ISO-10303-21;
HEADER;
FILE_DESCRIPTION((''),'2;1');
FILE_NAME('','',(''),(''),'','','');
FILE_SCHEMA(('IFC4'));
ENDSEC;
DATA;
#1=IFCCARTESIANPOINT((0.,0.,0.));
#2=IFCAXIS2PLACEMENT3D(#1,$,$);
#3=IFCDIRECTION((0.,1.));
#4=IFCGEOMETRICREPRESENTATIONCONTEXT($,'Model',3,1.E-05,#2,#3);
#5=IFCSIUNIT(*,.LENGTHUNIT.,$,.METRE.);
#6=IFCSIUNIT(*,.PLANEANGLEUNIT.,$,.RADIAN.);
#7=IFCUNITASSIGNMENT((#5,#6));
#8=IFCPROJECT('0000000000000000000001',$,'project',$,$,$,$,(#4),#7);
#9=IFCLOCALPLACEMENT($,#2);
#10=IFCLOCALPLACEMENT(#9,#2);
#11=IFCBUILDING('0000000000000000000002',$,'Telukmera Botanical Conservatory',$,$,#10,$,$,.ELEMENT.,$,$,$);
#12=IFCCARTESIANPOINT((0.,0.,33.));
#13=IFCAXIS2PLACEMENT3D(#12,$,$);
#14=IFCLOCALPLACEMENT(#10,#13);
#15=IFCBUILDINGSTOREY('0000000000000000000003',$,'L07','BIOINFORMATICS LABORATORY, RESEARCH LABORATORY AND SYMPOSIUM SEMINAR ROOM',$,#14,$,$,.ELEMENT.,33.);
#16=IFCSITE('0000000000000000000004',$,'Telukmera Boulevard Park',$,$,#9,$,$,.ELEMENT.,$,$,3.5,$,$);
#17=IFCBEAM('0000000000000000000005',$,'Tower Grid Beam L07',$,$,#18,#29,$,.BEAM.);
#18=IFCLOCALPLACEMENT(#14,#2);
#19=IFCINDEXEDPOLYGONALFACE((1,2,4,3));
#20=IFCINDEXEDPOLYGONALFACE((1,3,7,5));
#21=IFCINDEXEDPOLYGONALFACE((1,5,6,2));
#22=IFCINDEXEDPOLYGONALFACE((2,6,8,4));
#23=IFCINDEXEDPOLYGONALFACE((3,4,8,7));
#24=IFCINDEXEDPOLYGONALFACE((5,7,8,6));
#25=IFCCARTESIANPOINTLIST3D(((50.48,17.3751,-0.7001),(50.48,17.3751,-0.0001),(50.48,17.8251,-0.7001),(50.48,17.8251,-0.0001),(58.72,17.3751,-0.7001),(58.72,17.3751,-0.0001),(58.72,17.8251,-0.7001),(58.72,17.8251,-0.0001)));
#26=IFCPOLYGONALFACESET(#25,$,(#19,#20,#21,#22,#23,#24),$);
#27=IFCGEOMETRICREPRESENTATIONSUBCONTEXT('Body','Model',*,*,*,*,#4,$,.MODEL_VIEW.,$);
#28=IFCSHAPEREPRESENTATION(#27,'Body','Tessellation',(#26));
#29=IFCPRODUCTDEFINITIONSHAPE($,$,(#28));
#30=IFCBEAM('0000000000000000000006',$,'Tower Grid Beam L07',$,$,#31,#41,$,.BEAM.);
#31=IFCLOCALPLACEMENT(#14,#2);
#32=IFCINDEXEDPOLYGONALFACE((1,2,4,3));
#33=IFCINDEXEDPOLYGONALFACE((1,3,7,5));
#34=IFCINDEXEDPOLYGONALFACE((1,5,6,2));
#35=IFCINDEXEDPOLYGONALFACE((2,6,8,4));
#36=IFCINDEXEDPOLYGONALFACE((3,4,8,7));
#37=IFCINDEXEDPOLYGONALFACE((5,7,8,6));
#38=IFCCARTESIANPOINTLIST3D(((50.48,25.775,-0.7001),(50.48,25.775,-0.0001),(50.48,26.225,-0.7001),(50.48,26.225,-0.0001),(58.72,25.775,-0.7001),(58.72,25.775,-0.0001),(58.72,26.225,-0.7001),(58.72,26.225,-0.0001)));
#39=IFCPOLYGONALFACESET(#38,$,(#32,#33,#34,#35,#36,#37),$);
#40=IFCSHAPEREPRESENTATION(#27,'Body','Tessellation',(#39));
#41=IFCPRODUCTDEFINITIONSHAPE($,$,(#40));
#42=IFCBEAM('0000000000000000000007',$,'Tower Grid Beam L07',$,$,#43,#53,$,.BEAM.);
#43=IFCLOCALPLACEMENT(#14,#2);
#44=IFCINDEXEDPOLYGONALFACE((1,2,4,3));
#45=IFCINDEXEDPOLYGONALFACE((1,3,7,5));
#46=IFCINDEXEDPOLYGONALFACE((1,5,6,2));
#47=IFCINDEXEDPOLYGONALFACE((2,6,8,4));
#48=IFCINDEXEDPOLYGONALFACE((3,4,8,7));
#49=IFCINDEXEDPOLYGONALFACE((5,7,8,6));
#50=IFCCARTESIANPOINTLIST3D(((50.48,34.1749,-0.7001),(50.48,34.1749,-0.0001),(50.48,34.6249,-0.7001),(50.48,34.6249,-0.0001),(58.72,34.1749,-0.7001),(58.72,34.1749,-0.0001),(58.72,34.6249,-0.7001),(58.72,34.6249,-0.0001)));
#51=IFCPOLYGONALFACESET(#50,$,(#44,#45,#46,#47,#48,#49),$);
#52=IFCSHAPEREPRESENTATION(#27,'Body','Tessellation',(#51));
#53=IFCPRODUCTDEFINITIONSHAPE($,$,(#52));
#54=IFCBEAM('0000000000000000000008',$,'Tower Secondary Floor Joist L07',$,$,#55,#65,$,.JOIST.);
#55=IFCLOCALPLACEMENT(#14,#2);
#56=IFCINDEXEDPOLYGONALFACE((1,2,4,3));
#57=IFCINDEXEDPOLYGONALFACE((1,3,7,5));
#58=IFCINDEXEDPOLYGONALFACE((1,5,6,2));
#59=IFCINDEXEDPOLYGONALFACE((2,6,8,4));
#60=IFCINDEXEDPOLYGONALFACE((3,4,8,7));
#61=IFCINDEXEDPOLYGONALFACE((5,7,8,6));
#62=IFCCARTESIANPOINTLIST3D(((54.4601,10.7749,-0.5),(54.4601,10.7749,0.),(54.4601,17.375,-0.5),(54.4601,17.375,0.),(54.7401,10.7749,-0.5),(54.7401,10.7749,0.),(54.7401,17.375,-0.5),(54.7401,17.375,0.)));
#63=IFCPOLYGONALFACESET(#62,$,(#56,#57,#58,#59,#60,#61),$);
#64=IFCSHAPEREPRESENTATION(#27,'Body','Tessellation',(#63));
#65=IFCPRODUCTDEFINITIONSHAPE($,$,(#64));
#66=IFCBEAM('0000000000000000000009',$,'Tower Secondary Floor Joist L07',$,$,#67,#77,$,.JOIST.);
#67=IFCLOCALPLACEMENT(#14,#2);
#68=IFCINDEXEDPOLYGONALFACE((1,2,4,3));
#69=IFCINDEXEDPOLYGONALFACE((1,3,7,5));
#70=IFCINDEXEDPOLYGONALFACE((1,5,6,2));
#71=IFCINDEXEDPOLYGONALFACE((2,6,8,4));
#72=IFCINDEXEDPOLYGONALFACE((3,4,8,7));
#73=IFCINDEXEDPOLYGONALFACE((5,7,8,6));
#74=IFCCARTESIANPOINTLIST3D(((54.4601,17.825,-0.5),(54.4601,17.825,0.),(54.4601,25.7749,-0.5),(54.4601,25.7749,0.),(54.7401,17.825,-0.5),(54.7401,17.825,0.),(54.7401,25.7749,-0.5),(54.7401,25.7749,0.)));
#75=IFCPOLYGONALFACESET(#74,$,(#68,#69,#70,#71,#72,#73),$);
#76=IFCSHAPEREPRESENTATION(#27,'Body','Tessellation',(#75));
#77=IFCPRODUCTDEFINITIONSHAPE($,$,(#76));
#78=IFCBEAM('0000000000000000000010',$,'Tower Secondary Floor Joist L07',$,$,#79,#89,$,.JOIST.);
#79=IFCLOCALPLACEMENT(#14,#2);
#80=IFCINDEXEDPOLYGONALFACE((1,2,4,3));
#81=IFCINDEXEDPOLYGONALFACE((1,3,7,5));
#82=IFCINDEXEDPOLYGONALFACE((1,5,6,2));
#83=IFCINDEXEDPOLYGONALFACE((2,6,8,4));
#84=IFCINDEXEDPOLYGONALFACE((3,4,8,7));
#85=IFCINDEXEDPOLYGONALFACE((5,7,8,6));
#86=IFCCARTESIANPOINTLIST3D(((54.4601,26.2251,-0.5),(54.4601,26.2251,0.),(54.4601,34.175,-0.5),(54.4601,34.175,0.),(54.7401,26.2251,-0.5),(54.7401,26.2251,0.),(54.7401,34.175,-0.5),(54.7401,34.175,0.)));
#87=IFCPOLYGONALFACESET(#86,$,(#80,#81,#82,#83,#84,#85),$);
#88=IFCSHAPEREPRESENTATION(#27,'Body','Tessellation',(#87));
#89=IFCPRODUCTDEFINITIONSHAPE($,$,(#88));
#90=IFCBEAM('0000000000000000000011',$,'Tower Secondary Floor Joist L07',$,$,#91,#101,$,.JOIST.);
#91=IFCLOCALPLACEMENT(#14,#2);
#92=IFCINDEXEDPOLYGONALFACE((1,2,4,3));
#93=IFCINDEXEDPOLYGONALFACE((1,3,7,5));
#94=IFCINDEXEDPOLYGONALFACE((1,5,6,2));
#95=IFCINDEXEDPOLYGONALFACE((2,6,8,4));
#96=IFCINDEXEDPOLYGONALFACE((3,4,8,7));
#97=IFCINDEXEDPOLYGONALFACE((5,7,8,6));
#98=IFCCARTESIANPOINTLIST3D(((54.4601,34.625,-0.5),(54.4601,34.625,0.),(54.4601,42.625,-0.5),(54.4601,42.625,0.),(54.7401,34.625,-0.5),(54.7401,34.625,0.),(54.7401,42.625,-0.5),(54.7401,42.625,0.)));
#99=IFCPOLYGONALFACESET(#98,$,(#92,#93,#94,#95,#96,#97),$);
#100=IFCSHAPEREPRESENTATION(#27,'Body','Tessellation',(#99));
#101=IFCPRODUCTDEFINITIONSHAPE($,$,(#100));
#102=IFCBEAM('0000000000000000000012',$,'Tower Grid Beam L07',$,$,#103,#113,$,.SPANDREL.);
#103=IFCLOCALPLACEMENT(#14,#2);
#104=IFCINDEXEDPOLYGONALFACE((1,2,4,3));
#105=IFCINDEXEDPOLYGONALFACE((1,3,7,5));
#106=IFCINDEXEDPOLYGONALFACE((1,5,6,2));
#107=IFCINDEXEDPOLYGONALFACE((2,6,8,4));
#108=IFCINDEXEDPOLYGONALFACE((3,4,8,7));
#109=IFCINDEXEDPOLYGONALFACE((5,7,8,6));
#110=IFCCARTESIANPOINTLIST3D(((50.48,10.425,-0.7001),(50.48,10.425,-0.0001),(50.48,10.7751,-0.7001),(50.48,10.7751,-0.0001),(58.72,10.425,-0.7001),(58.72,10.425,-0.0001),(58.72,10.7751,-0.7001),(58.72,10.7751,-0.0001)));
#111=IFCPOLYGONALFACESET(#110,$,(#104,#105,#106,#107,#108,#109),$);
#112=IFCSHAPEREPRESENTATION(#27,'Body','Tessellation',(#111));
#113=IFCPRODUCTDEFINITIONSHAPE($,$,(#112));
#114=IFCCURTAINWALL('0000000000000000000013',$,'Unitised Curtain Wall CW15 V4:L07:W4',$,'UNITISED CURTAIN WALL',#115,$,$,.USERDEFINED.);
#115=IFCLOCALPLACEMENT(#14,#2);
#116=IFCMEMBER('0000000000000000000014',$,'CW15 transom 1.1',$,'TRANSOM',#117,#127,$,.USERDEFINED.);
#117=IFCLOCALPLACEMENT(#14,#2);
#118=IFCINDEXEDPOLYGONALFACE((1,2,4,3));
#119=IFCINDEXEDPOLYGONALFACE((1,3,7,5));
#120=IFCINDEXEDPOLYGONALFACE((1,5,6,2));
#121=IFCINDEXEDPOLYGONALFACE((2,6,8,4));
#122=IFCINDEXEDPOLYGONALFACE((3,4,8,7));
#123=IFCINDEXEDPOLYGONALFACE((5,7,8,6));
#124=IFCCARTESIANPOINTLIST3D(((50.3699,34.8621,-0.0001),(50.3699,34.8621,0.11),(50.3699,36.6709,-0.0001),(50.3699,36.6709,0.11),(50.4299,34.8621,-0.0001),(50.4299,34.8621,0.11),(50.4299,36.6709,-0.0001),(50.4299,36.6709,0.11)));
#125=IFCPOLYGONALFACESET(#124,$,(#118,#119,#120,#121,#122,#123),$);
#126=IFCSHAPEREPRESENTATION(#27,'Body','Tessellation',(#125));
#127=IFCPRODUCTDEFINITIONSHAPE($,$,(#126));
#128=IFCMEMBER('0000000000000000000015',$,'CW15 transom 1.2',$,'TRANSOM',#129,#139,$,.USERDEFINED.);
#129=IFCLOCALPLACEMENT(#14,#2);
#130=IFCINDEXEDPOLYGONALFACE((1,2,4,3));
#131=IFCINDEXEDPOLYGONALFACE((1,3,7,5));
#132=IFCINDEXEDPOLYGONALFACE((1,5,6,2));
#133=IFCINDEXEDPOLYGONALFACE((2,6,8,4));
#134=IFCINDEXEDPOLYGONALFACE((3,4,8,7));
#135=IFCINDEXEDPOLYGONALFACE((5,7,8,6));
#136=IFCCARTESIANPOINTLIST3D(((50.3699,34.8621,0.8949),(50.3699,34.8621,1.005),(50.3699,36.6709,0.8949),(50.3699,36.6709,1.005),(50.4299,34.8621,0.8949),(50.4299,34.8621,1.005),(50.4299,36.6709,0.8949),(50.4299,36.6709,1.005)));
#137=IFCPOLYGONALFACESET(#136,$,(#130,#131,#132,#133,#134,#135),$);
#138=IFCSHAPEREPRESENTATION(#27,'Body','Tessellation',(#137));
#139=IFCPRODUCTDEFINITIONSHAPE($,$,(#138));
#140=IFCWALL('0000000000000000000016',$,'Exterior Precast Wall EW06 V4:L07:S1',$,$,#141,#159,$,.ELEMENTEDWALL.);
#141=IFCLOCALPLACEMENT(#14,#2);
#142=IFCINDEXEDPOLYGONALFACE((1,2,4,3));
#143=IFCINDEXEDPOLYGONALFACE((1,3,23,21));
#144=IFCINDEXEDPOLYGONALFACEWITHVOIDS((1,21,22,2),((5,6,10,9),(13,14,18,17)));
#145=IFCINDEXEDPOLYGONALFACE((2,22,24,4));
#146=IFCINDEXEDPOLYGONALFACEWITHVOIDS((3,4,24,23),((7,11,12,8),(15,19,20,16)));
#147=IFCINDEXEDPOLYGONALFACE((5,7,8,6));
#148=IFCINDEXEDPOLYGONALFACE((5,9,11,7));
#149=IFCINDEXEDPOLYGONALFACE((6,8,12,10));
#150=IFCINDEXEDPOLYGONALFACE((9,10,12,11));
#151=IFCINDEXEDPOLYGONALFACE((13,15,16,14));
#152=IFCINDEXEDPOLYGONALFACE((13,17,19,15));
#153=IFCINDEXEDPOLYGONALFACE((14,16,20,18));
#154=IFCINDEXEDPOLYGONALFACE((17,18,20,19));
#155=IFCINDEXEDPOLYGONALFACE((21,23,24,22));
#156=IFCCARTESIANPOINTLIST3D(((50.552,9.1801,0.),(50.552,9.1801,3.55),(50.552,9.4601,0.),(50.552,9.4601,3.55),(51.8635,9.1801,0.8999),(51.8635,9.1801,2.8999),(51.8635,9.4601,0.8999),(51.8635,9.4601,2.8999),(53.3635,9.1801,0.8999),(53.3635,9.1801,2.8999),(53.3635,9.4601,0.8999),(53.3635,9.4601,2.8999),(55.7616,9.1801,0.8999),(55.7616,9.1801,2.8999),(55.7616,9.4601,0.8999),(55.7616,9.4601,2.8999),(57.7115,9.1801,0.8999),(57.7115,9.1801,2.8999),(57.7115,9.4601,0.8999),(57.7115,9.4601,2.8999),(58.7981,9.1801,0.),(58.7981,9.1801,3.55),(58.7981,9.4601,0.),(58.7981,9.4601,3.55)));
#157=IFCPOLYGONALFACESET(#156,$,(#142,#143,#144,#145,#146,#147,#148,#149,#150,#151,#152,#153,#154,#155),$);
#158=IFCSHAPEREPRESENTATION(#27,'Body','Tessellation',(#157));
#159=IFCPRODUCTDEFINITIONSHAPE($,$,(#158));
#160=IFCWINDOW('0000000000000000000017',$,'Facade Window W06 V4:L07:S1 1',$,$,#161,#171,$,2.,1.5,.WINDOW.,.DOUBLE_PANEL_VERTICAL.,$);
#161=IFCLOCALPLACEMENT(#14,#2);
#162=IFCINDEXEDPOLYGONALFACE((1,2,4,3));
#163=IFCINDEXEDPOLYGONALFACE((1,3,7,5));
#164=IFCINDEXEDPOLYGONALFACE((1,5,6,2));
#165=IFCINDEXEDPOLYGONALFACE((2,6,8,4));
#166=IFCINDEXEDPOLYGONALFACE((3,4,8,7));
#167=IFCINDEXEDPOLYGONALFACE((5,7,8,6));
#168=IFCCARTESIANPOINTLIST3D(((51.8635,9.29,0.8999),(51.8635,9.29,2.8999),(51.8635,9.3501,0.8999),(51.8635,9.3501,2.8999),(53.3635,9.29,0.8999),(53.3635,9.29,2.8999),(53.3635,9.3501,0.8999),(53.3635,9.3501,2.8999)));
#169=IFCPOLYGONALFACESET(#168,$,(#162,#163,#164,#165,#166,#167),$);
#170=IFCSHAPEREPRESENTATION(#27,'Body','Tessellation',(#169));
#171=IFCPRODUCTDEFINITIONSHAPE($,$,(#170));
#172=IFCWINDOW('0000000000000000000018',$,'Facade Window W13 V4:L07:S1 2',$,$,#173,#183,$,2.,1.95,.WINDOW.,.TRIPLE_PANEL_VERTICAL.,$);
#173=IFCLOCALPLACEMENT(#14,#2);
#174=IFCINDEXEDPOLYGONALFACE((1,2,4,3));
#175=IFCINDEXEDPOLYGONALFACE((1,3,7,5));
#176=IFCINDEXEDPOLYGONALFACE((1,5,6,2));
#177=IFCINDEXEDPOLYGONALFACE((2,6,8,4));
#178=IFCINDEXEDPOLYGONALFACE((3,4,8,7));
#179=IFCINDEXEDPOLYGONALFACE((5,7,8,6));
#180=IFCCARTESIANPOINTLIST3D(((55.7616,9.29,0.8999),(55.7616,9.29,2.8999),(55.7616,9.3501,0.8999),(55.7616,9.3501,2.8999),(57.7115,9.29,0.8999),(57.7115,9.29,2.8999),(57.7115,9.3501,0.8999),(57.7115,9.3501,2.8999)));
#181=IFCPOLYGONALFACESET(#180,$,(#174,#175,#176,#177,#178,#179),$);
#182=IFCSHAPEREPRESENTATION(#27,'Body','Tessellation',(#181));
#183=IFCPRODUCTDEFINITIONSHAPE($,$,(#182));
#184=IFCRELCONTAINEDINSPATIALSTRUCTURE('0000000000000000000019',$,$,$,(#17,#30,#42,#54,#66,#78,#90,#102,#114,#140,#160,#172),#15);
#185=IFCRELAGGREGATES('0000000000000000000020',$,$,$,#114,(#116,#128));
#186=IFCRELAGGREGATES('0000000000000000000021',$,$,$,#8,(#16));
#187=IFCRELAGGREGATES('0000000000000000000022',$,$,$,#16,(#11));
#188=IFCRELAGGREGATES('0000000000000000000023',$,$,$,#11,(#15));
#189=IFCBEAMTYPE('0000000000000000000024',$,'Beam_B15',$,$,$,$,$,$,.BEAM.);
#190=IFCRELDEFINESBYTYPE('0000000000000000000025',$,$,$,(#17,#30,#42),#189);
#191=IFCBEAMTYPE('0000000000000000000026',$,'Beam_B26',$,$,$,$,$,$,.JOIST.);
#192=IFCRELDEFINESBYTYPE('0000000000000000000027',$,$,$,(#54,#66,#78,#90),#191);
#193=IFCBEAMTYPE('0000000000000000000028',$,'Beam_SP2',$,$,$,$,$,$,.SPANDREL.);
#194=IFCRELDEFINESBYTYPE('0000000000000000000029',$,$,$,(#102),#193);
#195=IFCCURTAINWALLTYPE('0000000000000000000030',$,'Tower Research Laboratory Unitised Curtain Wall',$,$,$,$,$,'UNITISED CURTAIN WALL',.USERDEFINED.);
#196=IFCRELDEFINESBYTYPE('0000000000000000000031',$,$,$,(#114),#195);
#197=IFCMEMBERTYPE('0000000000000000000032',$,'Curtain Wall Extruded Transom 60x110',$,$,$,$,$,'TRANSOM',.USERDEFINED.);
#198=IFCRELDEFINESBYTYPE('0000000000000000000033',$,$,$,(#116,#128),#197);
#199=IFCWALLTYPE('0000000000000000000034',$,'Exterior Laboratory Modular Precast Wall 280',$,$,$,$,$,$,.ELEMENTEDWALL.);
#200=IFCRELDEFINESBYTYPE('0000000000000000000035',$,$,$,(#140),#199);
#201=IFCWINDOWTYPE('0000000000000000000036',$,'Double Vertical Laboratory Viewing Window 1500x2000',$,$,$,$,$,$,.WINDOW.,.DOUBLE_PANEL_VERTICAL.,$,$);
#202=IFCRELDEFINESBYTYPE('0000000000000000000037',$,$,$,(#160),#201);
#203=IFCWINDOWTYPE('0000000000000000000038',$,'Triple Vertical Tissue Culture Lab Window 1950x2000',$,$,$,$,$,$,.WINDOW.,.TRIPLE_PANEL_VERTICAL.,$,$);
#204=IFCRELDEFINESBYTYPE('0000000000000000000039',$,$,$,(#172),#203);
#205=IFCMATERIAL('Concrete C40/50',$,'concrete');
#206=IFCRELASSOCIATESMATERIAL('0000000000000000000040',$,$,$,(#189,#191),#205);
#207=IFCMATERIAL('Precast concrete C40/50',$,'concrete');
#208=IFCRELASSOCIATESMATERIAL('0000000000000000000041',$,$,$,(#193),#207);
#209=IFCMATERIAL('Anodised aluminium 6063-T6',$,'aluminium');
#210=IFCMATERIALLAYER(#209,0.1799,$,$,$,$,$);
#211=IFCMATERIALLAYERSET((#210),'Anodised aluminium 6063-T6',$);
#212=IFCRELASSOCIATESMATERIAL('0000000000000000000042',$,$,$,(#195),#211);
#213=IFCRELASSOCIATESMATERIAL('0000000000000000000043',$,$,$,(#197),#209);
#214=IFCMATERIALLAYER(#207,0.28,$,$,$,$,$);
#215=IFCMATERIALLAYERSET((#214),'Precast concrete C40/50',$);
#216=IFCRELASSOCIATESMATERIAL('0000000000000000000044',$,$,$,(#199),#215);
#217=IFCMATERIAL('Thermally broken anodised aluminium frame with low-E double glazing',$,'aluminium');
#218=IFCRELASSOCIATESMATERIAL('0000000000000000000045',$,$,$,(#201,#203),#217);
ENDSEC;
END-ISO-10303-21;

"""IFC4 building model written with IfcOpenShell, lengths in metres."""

from ifc_helpers import new_model, si_unit, direction, frame, frame_2d, origin, origin_2d, place, context, subcontext, project, spatial, rectangle, extrude, material, layer, layer_set, material_profile, profile_set, type_object, element, fill, aggregate, save


model = new_model("IFC4")

# Units and contexts
model_context = context("Model", 3, precision=1e-05, world=origin(), true_north=direction((0.0, 1.0)))
body_context = subcontext(model_context, "Body", "Model", "MODEL_VIEW")
ifc_project = project(units=[si_unit("LENGTHUNIT", "METRE"), si_unit("PLANEANGLEUNIT", "RADIAN")], contexts=[model_context])

# Site, building, storey
site_placement = place(None, origin())
site = spatial("IfcSite", under=ifc_project, at=site_placement, Name="Telukmera Boulevard Park", CompositionType="ELEMENT", RefElevation=3.5)
building_placement = place(site_placement, origin())
building = spatial("IfcBuilding", under=site, at=building_placement, Name="Telukmera Botanical Conservatory", CompositionType="ELEMENT")
storey_placement = place(building_placement, frame((0.0, 0.0, 33.0)))
storey = spatial("IfcBuildingStorey", under=building, at=storey_placement, Name="L07", Description="BIOINFORMATICS LABORATORY, RESEARCH LABORATORY AND SYMPOSIUM SEMINAR ROOM", CompositionType="ELEMENT", Elevation=33.0)

# Beams
ifc_material_1 = material(Name="Concrete C40/50", Category="concrete")
ifc_material_profile_1 = material_profile(ifc_material_1, rectangle(XDim=0.45, YDim=0.7, at=origin_2d()), Name="RC 450x700")
ifc_profile_set_1 = profile_set([ifc_material_profile_1], Name="Concrete C40/50")
beam_type_1 = type_object("IfcBeamType", Name="Beam_B15", PredefinedType="BEAM", material=ifc_profile_set_1)
for number, where, z_axis, x_axis, name in (
    (1, (50.48, 17.6001, -0.3501), (1.0, 0.0, 0.0), (0.0, 1.0, 0.0), "Tower Grid Beam L07"),
    (2, (50.48, 26.0, -0.3501), (1.0, 0.0, 0.0), (0.0, 1.0, 0.0), "Tower Grid Beam L07"),
    (3, (50.48, 34.3999, -0.3501), (1.0, 0.0, 0.0), (0.0, 1.0, 0.0), "Tower Grid Beam L07"),
):
    element("IfcBeam", number, at=place(storey_placement, frame(where, z_axis=z_axis, x_axis=x_axis)), inside=storey, type_object=beam_type_1, Name=name, PredefinedType="BEAM", context=body_context, shape_type="SweptSolid", body=[
        extrude(rectangle(XDim=0.45, YDim=0.7, at=origin_2d()), origin(), (0.0, 0.0, 1.0), 8.24),
    ])
ifc_material_profile_2 = material_profile(ifc_material_1, rectangle(XDim=0.28, YDim=0.5, at=origin_2d()), Name="RC 280x500")
ifc_profile_set_2 = profile_set([ifc_material_profile_2], Name="Concrete C40/50")
beam_type_2 = type_object("IfcBeamType", Name="Beam_B26", PredefinedType="JOIST", material=ifc_profile_set_2)
beam_1_placement = place(storey_placement, frame((54.6001, 10.7749, -0.25), z_axis=(0.0, 1.0, 0.0), x_axis=(-1.0, 0.0, 0.0)))
element("IfcBeam", 4, at=beam_1_placement, inside=storey, type_object=beam_type_2, Name="Tower Secondary Floor Joist L07", PredefinedType="JOIST", context=body_context, shape_type="SweptSolid", body=[
    extrude(rectangle(XDim=0.28, YDim=0.5, at=origin_2d()), origin(), (0.0, 0.0, 1.0), 6.6001),
])
for number, where, z_axis, x_axis, name in (
    (5, (54.6001, 17.825, -0.25), (0.0, 1.0, 0.0), (-1.0, 0.0, 0.0), "Tower Secondary Floor Joist L07"),
    (6, (54.6001, 26.2251, -0.25), (0.0, 1.0, 0.0), (-1.0, 0.0, 0.0), "Tower Secondary Floor Joist L07"),
):
    element("IfcBeam", number, at=place(storey_placement, frame(where, z_axis=z_axis, x_axis=x_axis)), inside=storey, type_object=beam_type_2, Name=name, PredefinedType="JOIST", context=body_context, shape_type="SweptSolid", body=[
        extrude(rectangle(XDim=0.28, YDim=0.5, at=origin_2d()), origin(), (0.0, 0.0, 1.0), 7.95),
    ])
beam_2_placement = place(storey_placement, frame((54.6001, 34.625, -0.25), z_axis=(0.0, 1.0, 0.0), x_axis=(-1.0, 0.0, 0.0)))
element("IfcBeam", 7, at=beam_2_placement, inside=storey, type_object=beam_type_2, Name="Tower Secondary Floor Joist L07", PredefinedType="JOIST", context=body_context, shape_type="SweptSolid", body=[
    extrude(rectangle(XDim=0.28, YDim=0.5, at=origin_2d()), origin(), (0.0, 0.0, 1.0), 8.0),
])
ifc_material_2 = material(Name="Precast concrete C40/50", Category="concrete")
ifc_material_profile_3 = material_profile(ifc_material_2, rectangle(XDim=0.3501, YDim=0.7, at=origin_2d()), Name="PC 350x700")
ifc_profile_set_3 = profile_set([ifc_material_profile_3], Name="Precast concrete C40/50")
beam_type_3 = type_object("IfcBeamType", Name="Beam_SP2", PredefinedType="SPANDREL", material=ifc_profile_set_3)
beam_3_placement = place(storey_placement, frame((50.48, 10.6001, -0.3501), z_axis=(1.0, 0.0, 0.0), x_axis=(0.0, 1.0, 0.0)))
element("IfcBeam", 8, at=beam_3_placement, inside=storey, type_object=beam_type_3, Name="Tower Grid Beam L07", PredefinedType="SPANDREL", context=body_context, shape_type="SweptSolid", body=[
    extrude(rectangle(XDim=0.3501, YDim=0.7, at=origin_2d()), origin(), (0.0, 0.0, 1.0), 8.24),
])

# Curtain wall, members
ifc_material_3 = material(Name="Anodised aluminium 6063-T6", Category="aluminium")
ifc_layer_1 = layer(ifc_material_3, 0.1799)
ifc_layer_set_1 = layer_set([ifc_layer_1], Name="Anodised aluminium 6063-T6")
curtain_wall_type = type_object("IfcCurtainWallType", Name="Tower Research Laboratory Unitised Curtain Wall", ElementType="UNITISED CURTAIN WALL", PredefinedType="USERDEFINED", material=ifc_layer_set_1)
curtain_wall_placement = place(storey_placement, origin())
curtain_wall = element("IfcCurtainWall", 9, at=curtain_wall_placement, inside=storey, type_object=curtain_wall_type, Name="Unitised Curtain Wall CW15 V4:L07:W4", ObjectType="UNITISED CURTAIN WALL", PredefinedType="USERDEFINED")
ifc_material_profile_4 = material_profile(ifc_material_3, rectangle(XDim=0.0601, YDim=0.1101, at=origin_2d()), Name="ALU TRAN 60x110")
ifc_profile_set_4 = profile_set([ifc_material_profile_4], Name="Anodised aluminium 6063-T6")
member_type = type_object("IfcMemberType", Name="Curtain Wall Extruded Transom 60x110", ElementType="TRANSOM", PredefinedType="USERDEFINED", material=ifc_profile_set_4)
member_1_placement = place(storey_placement, frame((50.3999, 34.8621, 0.0549), z_axis=(0.0, 1.0, 0.0), x_axis=(-1.0, 0.0, 0.0)))
member_1 = element("IfcMember", 10, at=member_1_placement, type_object=member_type, Name="CW15 transom 1.1", ObjectType="TRANSOM", PredefinedType="USERDEFINED", context=body_context, shape_type="SweptSolid", body=[
    extrude(rectangle(XDim=0.0601, YDim=0.1101, at=origin_2d()), origin(), (0.0, 0.0, 1.0), 1.8088),
])
member_2_placement = place(storey_placement, frame((50.3999, 34.8621, 0.95), z_axis=(0.0, 1.0, 0.0), x_axis=(-1.0, 0.0, 0.0)))
member_2 = element("IfcMember", 11, at=member_2_placement, type_object=member_type, Name="CW15 transom 1.2", ObjectType="TRANSOM", PredefinedType="USERDEFINED", context=body_context, shape_type="SweptSolid", body=[
    extrude(rectangle(XDim=0.0601, YDim=0.1101, at=origin_2d()), origin(), (0.0, 0.0, 1.0), 1.8088),
])
aggregate(curtain_wall, [member_1, member_2])

# Wall, openings, windows
ifc_layer_2 = layer(ifc_material_2, 0.28)
ifc_layer_set_2 = layer_set([ifc_layer_2], Name="Precast concrete C40/50")
wall_type_1 = type_object("IfcWallType", Name="Exterior Laboratory Modular Precast Wall 280", PredefinedType="ELEMENTEDWALL", material=ifc_layer_set_2)
wall_1_placement = place(storey_placement, frame((50.552, 9.3201, 0.0), z_axis=(0.0, 0.0, 1.0), x_axis=(1.0, 0.0, 0.0)))
wall_1 = element("IfcWall", 12, at=wall_1_placement, inside=storey, type_object=wall_type_1, Name="Exterior Precast Wall EW06 V4:L07:S1", PredefinedType="ELEMENTEDWALL", context=body_context, shape_type="SweptSolid", body=[
    extrude(rectangle(XDim=8.2461, YDim=0.28, at=frame_2d((4.123, 0.0))), origin(), (0.0, 0.0, 1.0), 3.55),
])
opening_1_placement = place(wall_1_placement, frame((1.3115, 0.0, 0.8999)))
opening_1 = element("IfcOpeningElement", 13, at=opening_1_placement, cuts=wall_1, PredefinedType="OPENING", context=body_context, shape_type="SweptSolid", body=[
    extrude(rectangle(XDim=1.5, YDim=2.0, at=frame_2d((0.75, 1.0))), frame((0.0, 0.1499, 0.0), z_axis=(0.0, -1.0, 0.0), x_axis=(1.0, 0.0, 0.0)), (0.0, 0.0, 1.0), 0.3),
])
opening_2_placement = place(wall_1_placement, frame((5.2095, 0.0, 0.8999)))
opening_2 = element("IfcOpeningElement", 14, at=opening_2_placement, cuts=wall_1, PredefinedType="OPENING", context=body_context, shape_type="SweptSolid", body=[
    extrude(rectangle(XDim=1.95, YDim=2.0, at=frame_2d((0.9751, 1.0))), frame((0.0, 0.1499, 0.0), z_axis=(0.0, -1.0, 0.0), x_axis=(1.0, 0.0, 0.0)), (0.0, 0.0, 1.0), 0.3),
])
ifc_material_4 = material(Name="Thermally broken anodised aluminium frame with low-E double glazing", Category="aluminium")
window_type_1 = type_object("IfcWindowType", Name="Double Vertical Laboratory Viewing Window 1500x2000", PartitioningType="DOUBLE_PANEL_VERTICAL", PredefinedType="WINDOW", material=ifc_material_4)
window_1_placement = place(opening_1_placement, origin())
window_1 = element("IfcWindow", 15, at=window_1_placement, inside=storey, type_object=window_type_1, Name="Facade Window W06 V4:L07:S1 1", OverallHeight=2.0, OverallWidth=1.5, PartitioningType="DOUBLE_PANEL_VERTICAL", PredefinedType="WINDOW", context=body_context, shape_type="SweptSolid", body=[
    extrude(rectangle(XDim=1.5, YDim=2.0, at=frame_2d((0.75, 1.0))), frame((0.0, 0.03, 0.0), z_axis=(0.0, -1.0, 0.0), x_axis=(1.0, 0.0, 0.0)), (0.0, 0.0, 1.0), 0.0601),
])
fill(opening_1, window_1)
window_type_2 = type_object("IfcWindowType", Name="Triple Vertical Tissue Culture Lab Window 1950x2000", PartitioningType="TRIPLE_PANEL_VERTICAL", PredefinedType="WINDOW", material=ifc_material_4)
window_2_placement = place(opening_2_placement, origin())
window_2 = element("IfcWindow", 16, at=window_2_placement, inside=storey, type_object=window_type_2, Name="Facade Window W13 V4:L07:S1 2", OverallHeight=2.0, OverallWidth=1.95, PartitioningType="TRIPLE_PANEL_VERTICAL", PredefinedType="WINDOW", context=body_context, shape_type="SweptSolid", body=[
    extrude(rectangle(XDim=1.95, YDim=2.0, at=frame_2d((0.9751, 1.0))), frame((0.0, 0.03, 0.0), z_axis=(0.0, -1.0, 0.0), x_axis=(1.0, 0.0, 0.0)), (0.0, 0.0, 1.0), 0.0601),
])
fill(opening_2, window_2)

save(model, "model.ifc")
